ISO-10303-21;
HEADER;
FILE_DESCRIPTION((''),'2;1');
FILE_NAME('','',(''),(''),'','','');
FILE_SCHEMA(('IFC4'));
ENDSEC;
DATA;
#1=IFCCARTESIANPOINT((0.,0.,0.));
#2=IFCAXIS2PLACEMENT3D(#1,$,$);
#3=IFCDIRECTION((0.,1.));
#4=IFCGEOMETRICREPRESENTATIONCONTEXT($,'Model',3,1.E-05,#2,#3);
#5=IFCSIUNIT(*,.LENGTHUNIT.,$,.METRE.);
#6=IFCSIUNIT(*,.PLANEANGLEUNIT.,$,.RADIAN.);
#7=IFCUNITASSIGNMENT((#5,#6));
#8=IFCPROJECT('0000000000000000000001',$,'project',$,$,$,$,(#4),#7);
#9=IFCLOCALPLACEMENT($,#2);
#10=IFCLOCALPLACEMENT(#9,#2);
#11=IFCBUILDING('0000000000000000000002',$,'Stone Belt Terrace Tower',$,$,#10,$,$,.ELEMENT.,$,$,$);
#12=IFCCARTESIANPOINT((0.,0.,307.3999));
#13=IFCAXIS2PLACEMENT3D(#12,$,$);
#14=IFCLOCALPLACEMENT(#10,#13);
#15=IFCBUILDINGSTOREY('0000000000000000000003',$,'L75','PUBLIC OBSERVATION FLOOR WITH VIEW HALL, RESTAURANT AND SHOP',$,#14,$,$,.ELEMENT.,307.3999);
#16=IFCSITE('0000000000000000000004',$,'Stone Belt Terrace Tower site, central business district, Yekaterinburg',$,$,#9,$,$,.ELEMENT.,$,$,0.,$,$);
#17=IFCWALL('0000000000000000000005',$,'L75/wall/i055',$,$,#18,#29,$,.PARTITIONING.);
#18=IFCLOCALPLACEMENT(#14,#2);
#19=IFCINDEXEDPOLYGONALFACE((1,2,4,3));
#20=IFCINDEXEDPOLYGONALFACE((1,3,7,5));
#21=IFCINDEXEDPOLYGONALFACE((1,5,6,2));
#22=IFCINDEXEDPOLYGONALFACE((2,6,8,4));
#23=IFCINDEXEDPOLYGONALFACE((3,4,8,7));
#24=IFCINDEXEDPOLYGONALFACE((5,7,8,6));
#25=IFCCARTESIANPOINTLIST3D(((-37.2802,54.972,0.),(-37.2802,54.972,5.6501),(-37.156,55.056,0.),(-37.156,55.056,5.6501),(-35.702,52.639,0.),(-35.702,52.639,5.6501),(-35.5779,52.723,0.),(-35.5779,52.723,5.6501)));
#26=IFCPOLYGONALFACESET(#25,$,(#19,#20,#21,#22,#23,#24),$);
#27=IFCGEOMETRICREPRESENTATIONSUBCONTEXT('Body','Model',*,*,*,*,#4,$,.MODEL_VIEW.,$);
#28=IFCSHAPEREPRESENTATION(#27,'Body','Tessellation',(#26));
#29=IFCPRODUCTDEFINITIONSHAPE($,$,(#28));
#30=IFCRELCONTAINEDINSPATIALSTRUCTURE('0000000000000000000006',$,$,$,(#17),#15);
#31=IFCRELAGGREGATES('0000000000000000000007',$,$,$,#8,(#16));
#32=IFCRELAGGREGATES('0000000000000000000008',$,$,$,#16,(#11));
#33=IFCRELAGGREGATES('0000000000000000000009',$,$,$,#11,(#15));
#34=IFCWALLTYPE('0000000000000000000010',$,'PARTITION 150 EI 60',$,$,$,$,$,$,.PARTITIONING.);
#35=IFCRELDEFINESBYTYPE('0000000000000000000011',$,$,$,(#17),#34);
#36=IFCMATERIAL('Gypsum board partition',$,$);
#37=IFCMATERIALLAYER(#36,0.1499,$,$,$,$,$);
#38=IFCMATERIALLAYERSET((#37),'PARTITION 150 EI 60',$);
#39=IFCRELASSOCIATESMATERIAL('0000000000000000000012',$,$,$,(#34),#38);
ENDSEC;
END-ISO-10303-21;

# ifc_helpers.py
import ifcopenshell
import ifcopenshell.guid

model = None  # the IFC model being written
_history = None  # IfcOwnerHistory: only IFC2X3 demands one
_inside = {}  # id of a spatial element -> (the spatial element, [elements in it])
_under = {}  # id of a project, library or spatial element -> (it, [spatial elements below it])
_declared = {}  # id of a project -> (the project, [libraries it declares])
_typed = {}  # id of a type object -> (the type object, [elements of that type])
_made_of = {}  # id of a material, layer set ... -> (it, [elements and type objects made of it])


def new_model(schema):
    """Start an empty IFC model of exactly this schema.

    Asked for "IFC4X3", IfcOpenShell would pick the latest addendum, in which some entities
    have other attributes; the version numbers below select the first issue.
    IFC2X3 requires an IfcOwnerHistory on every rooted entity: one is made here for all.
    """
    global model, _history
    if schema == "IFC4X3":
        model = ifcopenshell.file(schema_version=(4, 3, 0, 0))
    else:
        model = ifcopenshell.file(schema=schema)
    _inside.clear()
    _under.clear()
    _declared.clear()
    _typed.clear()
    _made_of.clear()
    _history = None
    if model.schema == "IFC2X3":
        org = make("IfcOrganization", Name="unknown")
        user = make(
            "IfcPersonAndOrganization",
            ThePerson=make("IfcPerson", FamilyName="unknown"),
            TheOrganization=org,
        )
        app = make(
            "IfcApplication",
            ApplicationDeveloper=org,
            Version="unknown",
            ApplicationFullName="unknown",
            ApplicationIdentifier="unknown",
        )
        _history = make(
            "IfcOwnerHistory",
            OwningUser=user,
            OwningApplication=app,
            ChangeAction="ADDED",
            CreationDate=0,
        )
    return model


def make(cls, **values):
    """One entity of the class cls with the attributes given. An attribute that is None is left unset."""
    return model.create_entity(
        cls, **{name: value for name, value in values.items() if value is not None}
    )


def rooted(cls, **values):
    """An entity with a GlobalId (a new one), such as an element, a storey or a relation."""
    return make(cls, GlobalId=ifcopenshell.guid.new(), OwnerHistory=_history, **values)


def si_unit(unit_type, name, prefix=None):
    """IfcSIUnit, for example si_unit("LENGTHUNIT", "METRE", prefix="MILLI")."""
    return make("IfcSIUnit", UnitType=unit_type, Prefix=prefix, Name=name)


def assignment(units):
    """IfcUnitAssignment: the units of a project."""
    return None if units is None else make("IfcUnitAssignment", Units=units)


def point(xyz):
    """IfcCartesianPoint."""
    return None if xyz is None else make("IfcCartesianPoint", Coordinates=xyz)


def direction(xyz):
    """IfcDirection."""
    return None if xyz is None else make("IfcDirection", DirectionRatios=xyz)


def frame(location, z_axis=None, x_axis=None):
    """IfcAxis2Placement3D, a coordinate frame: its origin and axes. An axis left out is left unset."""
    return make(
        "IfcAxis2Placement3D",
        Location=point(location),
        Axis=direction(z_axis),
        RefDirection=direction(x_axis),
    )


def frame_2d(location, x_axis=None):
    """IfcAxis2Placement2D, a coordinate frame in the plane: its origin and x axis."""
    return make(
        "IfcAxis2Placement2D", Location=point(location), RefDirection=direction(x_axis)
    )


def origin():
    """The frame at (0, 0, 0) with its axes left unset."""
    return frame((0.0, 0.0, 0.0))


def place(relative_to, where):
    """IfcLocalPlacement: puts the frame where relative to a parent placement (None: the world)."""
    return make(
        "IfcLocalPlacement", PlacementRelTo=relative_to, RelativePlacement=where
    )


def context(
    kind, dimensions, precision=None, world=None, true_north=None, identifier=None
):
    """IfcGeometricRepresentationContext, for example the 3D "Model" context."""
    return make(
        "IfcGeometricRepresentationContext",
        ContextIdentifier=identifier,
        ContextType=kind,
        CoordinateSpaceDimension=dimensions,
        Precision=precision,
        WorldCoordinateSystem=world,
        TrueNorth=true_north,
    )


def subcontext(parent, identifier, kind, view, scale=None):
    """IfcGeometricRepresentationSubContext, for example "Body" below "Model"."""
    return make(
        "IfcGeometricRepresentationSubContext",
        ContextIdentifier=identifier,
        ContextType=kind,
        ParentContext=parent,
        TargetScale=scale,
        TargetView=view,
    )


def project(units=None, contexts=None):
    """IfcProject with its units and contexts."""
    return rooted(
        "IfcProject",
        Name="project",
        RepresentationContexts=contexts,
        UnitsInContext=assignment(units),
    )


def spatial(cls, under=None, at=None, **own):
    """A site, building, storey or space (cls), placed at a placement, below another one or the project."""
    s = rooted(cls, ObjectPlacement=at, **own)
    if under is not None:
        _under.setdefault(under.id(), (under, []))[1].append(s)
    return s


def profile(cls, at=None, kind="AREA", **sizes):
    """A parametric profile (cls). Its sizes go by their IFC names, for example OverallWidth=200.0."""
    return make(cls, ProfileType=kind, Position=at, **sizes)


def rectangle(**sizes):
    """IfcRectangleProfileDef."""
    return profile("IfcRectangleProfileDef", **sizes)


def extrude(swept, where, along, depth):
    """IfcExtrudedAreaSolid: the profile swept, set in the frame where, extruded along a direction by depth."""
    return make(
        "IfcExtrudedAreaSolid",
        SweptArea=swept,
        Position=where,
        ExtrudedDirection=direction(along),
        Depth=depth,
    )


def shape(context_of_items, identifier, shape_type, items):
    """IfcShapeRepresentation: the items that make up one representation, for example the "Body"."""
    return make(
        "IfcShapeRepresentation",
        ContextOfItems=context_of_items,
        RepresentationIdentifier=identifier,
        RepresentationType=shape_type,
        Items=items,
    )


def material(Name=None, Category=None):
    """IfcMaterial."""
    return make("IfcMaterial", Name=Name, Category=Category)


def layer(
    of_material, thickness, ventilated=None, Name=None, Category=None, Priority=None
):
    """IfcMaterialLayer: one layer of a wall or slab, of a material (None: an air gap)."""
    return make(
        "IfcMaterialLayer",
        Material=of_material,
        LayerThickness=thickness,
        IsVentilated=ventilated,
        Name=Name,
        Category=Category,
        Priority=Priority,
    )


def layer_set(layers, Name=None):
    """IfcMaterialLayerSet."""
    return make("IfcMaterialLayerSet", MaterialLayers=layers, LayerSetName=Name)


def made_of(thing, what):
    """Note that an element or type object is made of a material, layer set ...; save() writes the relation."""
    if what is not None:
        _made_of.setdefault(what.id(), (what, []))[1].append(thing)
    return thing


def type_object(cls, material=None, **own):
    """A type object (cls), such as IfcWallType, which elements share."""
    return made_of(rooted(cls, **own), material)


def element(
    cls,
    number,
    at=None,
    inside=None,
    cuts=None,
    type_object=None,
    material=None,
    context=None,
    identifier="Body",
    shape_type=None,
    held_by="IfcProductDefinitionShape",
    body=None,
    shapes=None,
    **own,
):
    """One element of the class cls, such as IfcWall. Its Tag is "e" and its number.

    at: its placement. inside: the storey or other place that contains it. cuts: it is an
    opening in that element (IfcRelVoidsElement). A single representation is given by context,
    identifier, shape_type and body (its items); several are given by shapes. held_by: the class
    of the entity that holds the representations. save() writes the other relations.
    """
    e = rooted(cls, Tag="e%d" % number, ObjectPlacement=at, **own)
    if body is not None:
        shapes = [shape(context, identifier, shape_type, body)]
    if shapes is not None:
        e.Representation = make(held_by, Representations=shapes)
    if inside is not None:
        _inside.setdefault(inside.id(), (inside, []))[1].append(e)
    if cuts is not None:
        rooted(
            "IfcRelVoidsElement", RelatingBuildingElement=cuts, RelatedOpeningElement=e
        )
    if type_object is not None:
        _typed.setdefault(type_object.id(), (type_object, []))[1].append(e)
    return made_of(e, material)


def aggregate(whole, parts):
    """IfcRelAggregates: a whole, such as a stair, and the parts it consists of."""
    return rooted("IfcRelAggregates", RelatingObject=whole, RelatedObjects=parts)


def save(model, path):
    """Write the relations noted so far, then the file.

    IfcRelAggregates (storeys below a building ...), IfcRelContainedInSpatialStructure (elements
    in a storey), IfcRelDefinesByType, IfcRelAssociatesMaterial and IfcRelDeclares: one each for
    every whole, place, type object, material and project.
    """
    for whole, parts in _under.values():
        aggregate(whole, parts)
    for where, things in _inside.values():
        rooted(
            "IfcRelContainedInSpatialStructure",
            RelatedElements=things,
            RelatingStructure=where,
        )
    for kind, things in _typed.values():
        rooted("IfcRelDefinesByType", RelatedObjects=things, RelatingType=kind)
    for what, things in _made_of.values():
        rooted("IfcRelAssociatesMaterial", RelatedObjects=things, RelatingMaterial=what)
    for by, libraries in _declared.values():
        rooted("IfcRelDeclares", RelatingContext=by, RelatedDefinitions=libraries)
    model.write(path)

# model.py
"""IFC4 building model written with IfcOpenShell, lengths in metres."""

from ifc_helpers import new_model, si_unit, direction, frame, frame_2d, origin, place, context, subcontext, project, spatial, rectangle, extrude, material, layer, layer_set, type_object, element, save


model = new_model("IFC4")

# Units and contexts
model_context = context("Model", 3, precision=1e-05, world=origin(), true_north=direction((0.0, 1.0)))
body_context = subcontext(model_context, "Body", "Model", "MODEL_VIEW")
ifc_project = project(units=[si_unit("LENGTHUNIT", "METRE"), si_unit("PLANEANGLEUNIT", "RADIAN")], contexts=[model_context])

# Site, building, storey
site_placement = place(None, origin())
site = spatial("IfcSite", under=ifc_project, at=site_placement, Name="Stone Belt Terrace Tower site, central business district, Yekaterinburg", CompositionType="ELEMENT", RefElevation=0.0)
building_placement = place(site_placement, origin())
building = spatial("IfcBuilding", under=site, at=building_placement, Name="Stone Belt Terrace Tower", CompositionType="ELEMENT")
storey_placement = place(building_placement, frame((0.0, 0.0, 307.3999)))
storey = spatial("IfcBuildingStorey", under=building, at=storey_placement, Name="L75", Description="PUBLIC OBSERVATION FLOOR WITH VIEW HALL, RESTAURANT AND SHOP", CompositionType="ELEMENT", Elevation=307.3999)

# Shared definitions
ifc_material_1 = material(Name="Gypsum board partition")
ifc_layer_1 = layer(ifc_material_1, 0.1499)
ifc_layer_set_1 = layer_set([ifc_layer_1], Name="PARTITION 150 EI 60")
wall_type = type_object("IfcWallType", Name="PARTITION 150 EI 60", PredefinedType="PARTITIONING", material=ifc_layer_set_1)

# Wall
wall_1_placement = place(storey_placement, frame((-37.218, 55.0139, 0.0), z_axis=(0.0, 0.0, 1.0), x_axis=(0.560288, -0.828298, 0.0)))
element("IfcWall", 1, at=wall_1_placement, inside=storey, type_object=wall_type, Name="L75/wall/i055", PredefinedType="PARTITIONING", context=body_context, shape_type="SweptSolid", body=[
    extrude(rectangle(XDim=2.8167, YDim=0.1499, at=frame_2d((1.4082, 0.0))), origin(), (0.0, 0.0, 1.0), 5.6501),
])

save(model, "model.ifc")
